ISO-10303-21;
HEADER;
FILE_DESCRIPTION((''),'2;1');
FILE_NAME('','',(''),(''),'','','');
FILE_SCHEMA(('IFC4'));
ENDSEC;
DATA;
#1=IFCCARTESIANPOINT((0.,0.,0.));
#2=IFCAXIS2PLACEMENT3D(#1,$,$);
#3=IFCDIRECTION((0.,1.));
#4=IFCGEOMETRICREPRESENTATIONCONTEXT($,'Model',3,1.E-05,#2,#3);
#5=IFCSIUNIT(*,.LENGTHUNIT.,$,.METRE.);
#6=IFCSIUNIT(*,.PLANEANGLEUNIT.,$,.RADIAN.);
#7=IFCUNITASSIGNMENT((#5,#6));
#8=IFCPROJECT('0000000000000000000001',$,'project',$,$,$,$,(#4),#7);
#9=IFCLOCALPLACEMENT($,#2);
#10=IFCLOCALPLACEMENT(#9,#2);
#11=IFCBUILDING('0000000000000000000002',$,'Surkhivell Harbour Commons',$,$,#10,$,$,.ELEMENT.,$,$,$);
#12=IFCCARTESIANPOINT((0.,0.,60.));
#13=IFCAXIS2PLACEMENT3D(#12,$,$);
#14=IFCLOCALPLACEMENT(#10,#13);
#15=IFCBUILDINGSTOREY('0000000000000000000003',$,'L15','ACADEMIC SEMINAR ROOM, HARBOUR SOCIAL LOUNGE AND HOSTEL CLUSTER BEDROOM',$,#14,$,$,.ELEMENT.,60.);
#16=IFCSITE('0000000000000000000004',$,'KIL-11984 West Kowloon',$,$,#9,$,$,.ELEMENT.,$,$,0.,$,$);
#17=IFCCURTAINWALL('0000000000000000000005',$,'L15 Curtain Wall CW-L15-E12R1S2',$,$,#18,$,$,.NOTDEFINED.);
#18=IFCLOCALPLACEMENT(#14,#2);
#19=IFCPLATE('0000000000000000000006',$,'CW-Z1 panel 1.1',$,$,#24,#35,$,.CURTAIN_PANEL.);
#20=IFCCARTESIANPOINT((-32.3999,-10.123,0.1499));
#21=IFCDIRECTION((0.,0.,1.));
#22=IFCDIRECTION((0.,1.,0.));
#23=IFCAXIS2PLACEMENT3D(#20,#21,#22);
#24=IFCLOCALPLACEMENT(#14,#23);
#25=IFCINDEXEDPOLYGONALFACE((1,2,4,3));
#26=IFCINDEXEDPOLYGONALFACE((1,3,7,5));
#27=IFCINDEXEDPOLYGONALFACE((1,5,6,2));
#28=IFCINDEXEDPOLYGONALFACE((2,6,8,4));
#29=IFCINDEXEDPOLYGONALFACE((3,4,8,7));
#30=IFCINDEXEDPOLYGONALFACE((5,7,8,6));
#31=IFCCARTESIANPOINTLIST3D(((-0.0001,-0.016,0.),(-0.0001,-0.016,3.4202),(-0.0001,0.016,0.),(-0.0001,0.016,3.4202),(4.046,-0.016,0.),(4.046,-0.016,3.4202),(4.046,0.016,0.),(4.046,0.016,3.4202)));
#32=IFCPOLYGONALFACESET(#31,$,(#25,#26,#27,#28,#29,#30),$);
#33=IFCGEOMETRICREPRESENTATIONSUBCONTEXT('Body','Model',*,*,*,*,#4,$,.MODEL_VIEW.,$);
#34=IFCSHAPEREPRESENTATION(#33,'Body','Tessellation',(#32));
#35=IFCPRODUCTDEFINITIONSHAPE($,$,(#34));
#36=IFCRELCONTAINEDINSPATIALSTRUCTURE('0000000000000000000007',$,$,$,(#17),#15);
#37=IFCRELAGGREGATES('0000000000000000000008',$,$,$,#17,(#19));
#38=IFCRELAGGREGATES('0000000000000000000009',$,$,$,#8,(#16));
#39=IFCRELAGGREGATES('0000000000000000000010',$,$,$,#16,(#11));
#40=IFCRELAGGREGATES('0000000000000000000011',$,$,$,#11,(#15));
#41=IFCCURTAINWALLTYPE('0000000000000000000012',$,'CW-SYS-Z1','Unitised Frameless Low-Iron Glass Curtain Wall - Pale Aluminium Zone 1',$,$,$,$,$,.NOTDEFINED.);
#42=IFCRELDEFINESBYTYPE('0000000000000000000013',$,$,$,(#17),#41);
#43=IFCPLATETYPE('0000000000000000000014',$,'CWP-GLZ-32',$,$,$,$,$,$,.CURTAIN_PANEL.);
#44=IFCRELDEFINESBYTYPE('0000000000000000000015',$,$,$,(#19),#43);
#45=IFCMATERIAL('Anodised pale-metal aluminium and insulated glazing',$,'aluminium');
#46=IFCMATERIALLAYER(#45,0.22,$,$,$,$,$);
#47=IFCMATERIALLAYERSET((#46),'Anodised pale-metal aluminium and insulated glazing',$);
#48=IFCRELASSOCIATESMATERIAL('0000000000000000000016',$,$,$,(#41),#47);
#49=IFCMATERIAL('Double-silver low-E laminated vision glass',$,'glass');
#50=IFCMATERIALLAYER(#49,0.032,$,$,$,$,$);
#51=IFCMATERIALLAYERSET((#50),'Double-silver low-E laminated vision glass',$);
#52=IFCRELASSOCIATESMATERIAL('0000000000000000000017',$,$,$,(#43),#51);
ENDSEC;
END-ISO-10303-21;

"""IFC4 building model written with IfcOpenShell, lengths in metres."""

from ifc_helpers import new_model, si_unit, direction, frame, frame_2d, origin, place, context, subcontext, project, spatial, rectangle, extrude, material, layer, layer_set, type_object, element, aggregate, save


model = new_model("IFC4")

# Units and contexts
model_context = context("Model", 3, precision=1e-05, world=origin(), true_north=direction((0.0, 1.0)))
body_context = subcontext(model_context, "Body", "Model", "MODEL_VIEW")
ifc_project = project(units=[si_unit("LENGTHUNIT", "METRE"), si_unit("PLANEANGLEUNIT", "RADIAN")], contexts=[model_context])

# Site, building, storey
site_placement = place(None, origin())
site = spatial("IfcSite", under=ifc_project, at=site_placement, Name="KIL-11984 West Kowloon", CompositionType="ELEMENT", RefElevation=0.0)
building_placement = place(site_placement, origin())
building = spatial("IfcBuilding", under=site, at=building_placement, Name="Surkhivell Harbour Commons", CompositionType="ELEMENT")
storey_placement = place(building_placement, frame((0.0, 0.0, 60.0)))
storey = spatial("IfcBuildingStorey", under=building, at=storey_placement, Name="L15", Description="ACADEMIC SEMINAR ROOM, HARBOUR SOCIAL LOUNGE AND HOSTEL CLUSTER BEDROOM", CompositionType="ELEMENT", Elevation=60.0)

# Curtain wall
ifc_material_1 = material(Name="Anodised pale-metal aluminium and insulated glazing", Category="aluminium")
ifc_layer_1 = layer(ifc_material_1, 0.22)
ifc_layer_set_1 = layer_set([ifc_layer_1], Name="Anodised pale-metal aluminium and insulated glazing")
curtain_wall_type = type_object("IfcCurtainWallType", Name="CW-SYS-Z1", Description="Unitised Frameless Low-Iron Glass Curtain Wall - Pale Aluminium Zone 1", PredefinedType="NOTDEFINED", material=ifc_layer_set_1)
curtain_wall_placement = place(storey_placement, origin())
curtain_wall = element("IfcCurtainWall", 1, at=curtain_wall_placement, inside=storey, type_object=curtain_wall_type, Name="L15 Curtain Wall CW-L15-E12R1S2", PredefinedType="NOTDEFINED")

# Plate
ifc_material_2 = material(Name="Double-silver low-E laminated vision glass", Category="glass")
ifc_layer_2 = layer(ifc_material_2, 0.032)
ifc_layer_set_2 = layer_set([ifc_layer_2], Name="Double-silver low-E laminated vision glass")
plate_type_1 = type_object("IfcPlateType", Name="CWP-GLZ-32", PredefinedType="CURTAIN_PANEL", material=ifc_layer_set_2)
plate_placement = place(storey_placement, frame((-32.3999, -10.123, 0.1499), z_axis=(0.0, 0.0, 1.0), x_axis=(0.0, 1.0, 0.0)))
plate = element("IfcPlate", 2, at=plate_placement, type_object=plate_type_1, Name="CW-Z1 panel 1.1", PredefinedType="CURTAIN_PANEL", context=body_context, shape_type="SweptSolid", body=[
    extrude(rectangle(XDim=4.0461, YDim=0.032, at=frame_2d((2.0229, 0.0))), origin(), (0.0, 0.0, 1.0), 3.4202),
])
aggregate(curtain_wall, [plate])

save(model, "model.ifc")
